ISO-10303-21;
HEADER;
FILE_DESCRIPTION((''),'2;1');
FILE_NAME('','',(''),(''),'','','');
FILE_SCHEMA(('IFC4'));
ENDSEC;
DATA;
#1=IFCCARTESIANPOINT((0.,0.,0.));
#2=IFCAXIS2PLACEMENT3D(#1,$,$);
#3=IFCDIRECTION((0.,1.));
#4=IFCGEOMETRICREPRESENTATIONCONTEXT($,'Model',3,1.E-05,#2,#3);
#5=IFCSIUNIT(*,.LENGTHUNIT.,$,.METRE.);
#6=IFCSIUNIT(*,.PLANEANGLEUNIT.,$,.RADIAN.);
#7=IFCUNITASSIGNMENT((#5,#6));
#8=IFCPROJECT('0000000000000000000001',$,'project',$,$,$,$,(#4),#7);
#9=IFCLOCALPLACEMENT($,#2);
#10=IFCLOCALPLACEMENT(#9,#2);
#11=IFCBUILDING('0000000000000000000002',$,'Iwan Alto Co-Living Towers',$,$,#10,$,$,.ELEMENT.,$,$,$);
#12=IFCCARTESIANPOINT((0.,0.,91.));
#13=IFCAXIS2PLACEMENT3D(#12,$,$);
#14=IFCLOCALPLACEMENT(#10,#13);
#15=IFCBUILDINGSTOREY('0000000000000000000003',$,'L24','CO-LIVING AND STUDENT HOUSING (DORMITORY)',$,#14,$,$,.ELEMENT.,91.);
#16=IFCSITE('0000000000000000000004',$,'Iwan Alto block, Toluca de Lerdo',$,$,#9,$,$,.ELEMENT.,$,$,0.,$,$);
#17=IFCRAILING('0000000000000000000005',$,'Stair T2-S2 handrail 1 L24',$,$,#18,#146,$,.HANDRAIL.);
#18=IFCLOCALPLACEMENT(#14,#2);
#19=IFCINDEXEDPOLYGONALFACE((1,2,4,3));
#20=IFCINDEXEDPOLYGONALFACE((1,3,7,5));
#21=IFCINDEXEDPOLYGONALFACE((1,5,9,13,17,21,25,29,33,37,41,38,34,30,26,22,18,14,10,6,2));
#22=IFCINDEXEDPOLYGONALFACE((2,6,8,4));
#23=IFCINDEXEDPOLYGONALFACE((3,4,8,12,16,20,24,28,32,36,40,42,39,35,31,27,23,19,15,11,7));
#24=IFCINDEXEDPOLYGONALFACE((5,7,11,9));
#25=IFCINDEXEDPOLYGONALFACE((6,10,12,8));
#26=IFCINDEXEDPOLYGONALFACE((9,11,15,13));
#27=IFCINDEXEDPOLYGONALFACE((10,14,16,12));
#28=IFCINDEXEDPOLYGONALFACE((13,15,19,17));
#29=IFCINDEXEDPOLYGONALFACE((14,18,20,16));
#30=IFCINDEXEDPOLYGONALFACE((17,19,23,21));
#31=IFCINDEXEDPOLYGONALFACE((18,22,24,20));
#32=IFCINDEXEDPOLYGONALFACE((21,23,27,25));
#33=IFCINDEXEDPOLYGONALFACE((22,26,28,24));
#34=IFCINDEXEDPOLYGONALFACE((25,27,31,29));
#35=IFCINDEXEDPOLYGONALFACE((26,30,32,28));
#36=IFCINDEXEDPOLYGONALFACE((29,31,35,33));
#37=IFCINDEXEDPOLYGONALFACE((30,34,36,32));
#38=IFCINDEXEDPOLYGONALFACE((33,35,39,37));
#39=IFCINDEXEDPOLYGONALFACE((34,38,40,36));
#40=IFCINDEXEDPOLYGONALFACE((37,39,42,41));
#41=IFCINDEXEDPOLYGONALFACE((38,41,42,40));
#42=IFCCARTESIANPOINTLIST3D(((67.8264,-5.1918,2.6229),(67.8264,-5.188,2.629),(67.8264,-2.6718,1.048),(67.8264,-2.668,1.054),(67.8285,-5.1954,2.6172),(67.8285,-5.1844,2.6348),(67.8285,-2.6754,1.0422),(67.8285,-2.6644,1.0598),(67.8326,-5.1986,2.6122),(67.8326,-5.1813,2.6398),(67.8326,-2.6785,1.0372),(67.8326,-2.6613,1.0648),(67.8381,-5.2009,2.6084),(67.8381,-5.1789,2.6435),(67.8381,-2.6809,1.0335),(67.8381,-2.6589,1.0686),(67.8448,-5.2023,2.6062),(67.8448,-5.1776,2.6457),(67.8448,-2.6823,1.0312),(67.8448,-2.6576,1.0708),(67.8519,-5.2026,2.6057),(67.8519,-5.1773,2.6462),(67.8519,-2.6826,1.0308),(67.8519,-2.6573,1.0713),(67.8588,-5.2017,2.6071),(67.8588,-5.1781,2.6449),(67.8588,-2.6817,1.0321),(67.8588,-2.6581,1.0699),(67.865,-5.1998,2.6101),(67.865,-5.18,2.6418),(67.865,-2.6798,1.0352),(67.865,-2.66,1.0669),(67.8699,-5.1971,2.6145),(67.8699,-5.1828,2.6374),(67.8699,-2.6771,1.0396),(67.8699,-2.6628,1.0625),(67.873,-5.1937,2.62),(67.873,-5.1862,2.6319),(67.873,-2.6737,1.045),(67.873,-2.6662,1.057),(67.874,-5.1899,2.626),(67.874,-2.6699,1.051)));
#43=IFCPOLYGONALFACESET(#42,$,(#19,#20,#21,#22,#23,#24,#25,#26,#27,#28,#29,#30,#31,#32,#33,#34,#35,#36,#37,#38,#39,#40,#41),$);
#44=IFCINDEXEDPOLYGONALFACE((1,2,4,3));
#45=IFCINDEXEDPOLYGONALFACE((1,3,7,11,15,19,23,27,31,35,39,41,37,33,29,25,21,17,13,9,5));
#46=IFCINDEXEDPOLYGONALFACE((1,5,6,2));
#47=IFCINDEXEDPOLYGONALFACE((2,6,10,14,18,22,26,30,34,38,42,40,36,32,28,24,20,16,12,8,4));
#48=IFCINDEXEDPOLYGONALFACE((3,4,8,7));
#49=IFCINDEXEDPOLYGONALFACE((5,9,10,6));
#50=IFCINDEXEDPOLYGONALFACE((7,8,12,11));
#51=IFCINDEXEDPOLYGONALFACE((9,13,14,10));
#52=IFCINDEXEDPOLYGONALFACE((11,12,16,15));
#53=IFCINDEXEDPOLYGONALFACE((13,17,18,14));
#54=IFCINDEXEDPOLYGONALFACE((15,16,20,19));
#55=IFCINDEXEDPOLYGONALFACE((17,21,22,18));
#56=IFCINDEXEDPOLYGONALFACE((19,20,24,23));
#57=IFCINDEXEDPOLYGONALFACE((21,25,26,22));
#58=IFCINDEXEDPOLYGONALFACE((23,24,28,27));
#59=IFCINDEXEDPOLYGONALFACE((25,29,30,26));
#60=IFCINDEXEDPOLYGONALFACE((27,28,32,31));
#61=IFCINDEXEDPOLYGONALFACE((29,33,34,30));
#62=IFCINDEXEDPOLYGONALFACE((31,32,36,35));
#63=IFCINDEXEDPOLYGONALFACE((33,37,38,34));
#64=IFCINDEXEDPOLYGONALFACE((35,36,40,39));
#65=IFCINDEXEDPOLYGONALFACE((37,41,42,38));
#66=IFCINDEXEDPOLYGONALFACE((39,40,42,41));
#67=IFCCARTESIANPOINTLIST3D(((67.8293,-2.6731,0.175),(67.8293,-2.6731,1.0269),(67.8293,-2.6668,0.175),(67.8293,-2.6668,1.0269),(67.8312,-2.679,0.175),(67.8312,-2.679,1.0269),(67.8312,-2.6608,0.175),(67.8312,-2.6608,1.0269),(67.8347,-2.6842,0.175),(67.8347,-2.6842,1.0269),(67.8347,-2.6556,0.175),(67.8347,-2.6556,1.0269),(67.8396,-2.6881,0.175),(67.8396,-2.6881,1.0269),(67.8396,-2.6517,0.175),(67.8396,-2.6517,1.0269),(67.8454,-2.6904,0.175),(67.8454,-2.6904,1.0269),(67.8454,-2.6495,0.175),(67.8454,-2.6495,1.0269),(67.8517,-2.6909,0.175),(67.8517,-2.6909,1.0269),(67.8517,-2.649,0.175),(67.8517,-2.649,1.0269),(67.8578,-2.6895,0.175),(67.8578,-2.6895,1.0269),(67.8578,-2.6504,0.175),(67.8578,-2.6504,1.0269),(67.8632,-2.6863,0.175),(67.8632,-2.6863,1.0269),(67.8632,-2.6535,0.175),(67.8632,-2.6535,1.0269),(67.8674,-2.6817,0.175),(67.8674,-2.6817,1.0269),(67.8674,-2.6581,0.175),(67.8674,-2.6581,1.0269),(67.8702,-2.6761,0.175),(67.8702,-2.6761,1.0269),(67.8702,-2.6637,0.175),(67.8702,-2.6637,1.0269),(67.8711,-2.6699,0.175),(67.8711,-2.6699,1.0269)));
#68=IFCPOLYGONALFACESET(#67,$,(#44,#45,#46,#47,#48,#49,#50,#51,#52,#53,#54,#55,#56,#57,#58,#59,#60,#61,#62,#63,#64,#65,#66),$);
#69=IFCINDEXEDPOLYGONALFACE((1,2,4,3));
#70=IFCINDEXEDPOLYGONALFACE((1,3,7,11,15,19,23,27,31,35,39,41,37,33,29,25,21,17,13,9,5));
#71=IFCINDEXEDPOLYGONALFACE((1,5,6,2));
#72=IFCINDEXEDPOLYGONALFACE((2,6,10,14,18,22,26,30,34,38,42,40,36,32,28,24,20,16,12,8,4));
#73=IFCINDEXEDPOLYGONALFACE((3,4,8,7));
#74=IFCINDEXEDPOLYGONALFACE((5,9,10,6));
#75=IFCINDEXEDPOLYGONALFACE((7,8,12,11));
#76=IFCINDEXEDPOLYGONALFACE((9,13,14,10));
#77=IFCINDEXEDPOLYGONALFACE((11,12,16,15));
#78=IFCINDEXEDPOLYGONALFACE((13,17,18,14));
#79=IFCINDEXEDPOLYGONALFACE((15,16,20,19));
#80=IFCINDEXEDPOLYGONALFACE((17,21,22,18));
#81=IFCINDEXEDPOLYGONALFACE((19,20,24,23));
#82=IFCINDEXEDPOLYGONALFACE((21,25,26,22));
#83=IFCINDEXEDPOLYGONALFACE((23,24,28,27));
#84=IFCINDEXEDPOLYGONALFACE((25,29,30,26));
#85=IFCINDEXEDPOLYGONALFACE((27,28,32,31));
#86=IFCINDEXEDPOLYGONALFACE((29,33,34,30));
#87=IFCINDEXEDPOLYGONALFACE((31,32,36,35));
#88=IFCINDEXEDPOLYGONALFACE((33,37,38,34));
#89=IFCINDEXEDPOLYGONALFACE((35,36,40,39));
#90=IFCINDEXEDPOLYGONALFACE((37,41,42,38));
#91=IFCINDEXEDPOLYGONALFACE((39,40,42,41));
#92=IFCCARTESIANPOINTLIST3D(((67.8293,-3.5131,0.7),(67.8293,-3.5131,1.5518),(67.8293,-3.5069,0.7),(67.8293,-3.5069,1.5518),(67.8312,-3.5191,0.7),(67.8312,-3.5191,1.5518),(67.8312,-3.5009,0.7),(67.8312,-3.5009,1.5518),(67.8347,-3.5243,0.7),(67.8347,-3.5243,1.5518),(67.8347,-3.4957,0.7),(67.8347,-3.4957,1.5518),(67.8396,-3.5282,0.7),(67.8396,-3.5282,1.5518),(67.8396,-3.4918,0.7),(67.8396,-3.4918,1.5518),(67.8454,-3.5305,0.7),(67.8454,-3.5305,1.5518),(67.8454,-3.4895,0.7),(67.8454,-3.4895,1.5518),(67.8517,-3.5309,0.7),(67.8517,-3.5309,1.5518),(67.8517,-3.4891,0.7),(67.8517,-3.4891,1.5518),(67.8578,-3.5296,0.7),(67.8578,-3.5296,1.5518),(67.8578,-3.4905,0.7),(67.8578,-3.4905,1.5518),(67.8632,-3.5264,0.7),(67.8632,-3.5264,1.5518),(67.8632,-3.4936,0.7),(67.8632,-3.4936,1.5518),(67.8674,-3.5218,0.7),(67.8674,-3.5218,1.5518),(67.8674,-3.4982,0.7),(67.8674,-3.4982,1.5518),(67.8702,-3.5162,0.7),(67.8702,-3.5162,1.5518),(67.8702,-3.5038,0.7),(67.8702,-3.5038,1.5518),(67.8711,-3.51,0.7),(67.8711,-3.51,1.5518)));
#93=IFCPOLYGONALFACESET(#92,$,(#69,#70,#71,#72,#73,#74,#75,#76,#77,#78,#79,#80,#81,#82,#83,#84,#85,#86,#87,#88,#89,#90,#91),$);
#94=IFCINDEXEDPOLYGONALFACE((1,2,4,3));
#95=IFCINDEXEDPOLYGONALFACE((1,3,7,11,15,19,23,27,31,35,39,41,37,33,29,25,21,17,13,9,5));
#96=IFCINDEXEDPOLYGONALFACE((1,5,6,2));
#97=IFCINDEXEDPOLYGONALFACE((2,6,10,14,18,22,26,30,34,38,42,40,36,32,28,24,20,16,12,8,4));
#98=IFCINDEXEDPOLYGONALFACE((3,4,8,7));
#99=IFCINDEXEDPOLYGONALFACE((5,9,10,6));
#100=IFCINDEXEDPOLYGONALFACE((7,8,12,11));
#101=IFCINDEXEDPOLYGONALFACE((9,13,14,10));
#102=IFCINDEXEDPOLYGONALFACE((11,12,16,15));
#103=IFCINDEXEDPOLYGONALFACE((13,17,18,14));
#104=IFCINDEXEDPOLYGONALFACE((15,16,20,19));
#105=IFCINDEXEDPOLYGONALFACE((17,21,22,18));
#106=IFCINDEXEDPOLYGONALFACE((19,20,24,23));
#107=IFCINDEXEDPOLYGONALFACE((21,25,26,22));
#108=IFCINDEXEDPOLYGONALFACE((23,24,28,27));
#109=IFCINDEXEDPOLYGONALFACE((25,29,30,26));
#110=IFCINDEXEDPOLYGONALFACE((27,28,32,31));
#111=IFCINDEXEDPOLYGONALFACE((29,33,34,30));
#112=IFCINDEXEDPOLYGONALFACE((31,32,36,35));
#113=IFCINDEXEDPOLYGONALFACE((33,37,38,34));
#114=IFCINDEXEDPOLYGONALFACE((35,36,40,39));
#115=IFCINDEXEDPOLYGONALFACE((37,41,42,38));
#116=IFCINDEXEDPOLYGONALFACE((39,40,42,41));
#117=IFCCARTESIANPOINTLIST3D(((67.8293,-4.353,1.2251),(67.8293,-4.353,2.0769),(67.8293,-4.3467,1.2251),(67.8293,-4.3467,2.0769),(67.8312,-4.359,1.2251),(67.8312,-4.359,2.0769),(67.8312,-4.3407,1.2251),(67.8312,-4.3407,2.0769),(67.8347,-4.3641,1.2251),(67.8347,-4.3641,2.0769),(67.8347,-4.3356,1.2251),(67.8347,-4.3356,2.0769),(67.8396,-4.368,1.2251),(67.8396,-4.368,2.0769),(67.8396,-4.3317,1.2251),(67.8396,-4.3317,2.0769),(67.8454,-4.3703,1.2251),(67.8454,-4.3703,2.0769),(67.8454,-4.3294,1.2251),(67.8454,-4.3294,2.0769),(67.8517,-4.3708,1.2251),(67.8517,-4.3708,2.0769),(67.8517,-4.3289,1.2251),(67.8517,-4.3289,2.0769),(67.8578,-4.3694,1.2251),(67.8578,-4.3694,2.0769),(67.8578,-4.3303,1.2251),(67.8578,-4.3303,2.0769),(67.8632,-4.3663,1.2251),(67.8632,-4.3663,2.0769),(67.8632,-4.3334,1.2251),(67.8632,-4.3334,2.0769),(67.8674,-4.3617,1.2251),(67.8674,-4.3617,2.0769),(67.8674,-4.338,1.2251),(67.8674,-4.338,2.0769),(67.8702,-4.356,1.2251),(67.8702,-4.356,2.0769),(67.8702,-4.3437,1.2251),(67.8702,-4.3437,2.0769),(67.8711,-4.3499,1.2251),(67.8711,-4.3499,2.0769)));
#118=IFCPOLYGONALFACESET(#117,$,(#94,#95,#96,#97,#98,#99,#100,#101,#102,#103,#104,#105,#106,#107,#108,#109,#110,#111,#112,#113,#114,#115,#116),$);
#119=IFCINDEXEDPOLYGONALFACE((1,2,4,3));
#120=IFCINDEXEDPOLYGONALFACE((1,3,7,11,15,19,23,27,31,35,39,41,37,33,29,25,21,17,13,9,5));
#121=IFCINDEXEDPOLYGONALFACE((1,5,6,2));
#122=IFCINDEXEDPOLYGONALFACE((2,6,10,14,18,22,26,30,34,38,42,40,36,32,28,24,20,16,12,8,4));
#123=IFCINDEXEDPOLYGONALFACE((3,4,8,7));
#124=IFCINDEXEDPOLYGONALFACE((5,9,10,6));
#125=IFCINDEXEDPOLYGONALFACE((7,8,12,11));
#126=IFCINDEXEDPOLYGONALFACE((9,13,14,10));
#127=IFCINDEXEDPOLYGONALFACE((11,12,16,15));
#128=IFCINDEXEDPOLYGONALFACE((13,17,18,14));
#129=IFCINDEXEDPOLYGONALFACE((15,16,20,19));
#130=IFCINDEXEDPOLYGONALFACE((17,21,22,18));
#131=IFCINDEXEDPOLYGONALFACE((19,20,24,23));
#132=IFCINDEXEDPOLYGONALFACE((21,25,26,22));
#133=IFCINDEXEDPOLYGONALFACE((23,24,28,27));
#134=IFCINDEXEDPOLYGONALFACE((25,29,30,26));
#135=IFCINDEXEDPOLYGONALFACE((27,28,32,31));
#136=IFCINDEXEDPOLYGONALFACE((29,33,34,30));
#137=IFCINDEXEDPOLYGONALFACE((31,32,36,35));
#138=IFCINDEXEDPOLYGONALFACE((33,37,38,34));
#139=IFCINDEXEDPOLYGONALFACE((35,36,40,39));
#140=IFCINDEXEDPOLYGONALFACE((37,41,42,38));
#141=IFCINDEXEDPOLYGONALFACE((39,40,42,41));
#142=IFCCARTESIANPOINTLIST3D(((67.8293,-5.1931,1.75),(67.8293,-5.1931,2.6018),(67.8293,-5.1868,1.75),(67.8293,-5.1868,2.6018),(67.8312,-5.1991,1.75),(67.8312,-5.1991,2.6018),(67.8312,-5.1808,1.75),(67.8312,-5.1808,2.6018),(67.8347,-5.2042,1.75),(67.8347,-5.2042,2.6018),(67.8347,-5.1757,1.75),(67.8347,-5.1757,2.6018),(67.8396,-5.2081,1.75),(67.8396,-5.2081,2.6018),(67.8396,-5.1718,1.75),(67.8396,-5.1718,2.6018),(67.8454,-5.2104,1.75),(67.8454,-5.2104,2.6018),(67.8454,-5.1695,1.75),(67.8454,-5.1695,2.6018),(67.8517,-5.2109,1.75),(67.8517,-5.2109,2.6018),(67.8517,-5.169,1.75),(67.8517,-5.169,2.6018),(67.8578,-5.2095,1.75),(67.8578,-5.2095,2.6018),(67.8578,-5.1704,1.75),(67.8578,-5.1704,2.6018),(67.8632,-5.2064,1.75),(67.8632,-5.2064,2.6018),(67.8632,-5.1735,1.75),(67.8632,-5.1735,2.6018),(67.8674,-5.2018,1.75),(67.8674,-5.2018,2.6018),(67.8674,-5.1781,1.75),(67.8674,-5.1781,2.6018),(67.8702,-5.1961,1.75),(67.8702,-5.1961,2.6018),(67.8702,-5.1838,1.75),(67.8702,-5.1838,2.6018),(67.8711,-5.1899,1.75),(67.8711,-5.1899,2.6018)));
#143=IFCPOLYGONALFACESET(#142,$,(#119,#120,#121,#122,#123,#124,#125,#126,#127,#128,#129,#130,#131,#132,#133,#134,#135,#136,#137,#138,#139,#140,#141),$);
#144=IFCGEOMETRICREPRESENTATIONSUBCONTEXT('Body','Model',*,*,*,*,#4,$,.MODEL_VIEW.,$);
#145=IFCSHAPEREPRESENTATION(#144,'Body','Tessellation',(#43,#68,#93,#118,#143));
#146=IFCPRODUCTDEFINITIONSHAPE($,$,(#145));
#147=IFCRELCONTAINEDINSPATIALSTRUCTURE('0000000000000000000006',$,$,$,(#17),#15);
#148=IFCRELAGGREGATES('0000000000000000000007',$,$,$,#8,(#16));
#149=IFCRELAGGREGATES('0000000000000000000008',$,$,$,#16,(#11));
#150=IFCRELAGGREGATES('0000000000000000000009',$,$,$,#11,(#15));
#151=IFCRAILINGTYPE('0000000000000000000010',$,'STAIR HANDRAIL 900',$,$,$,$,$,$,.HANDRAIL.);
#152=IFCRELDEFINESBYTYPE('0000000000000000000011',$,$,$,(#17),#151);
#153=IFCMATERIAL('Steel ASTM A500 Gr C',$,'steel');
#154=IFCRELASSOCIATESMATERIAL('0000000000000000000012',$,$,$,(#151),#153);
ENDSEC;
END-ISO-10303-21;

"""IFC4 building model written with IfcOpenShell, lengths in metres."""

from ifc_helpers import new_model, si_unit, direction, frame, origin, origin_2d, place, context, subcontext, project, spatial, circle, extrude, material, type_object, element, save


model = new_model("IFC4")

# Units and contexts
model_context = context("Model", 3, precision=1e-05, world=origin(), true_north=direction((0.0, 1.0)))
body_context = subcontext(model_context, "Body", "Model", "MODEL_VIEW")
ifc_project = project(units=[si_unit("LENGTHUNIT", "METRE"), si_unit("PLANEANGLEUNIT", "RADIAN")], contexts=[model_context])

# Site, building, storey
site_placement = place(None, origin())
site = spatial("IfcSite", under=ifc_project, at=site_placement, Name="Iwan Alto block, Toluca de Lerdo", CompositionType="ELEMENT", RefElevation=0.0)
building_placement = place(site_placement, origin())
building = spatial("IfcBuilding", under=site, at=building_placement, Name="Iwan Alto Co-Living Towers", CompositionType="ELEMENT")
storey_placement = place(building_placement, frame((0.0, 0.0, 91.0)))
storey = spatial("IfcBuildingStorey", under=building, at=storey_placement, Name="L24", Description="CO-LIVING AND STUDENT HOUSING (DORMITORY)", CompositionType="ELEMENT", Elevation=91.0)

# Railing
ifc_material_1 = material(Name="Steel ASTM A500 Gr C", Category="steel")
railing_type_1 = type_object("IfcRailingType", Name="STAIR HANDRAIL 900", PredefinedType="HANDRAIL", material=ifc_material_1)
railing_1_placement = place(storey_placement, frame((67.8501, -2.6699, 0.175)))
element("IfcRailing", 1, at=railing_1_placement, inside=storey, type_object=railing_type_1, Name="Stair T2-S2 handrail 1 L24", PredefinedType="HANDRAIL", context=body_context, shape_type="SweptSolid", body=[
    extrude(circle(Radius=0.0239, at=origin_2d()), frame((0.0, 0.0, 0.876), z_axis=(0.0, -0.848008, 0.529984), x_axis=(1.0, 0.0, 0.0)), (0.0, 0.0, 1.0), 2.9717),
    extrude(circle(Radius=0.021, at=origin_2d()), origin(), (0.0, 0.0, 1.0), 0.8518),
    extrude(circle(Radius=0.021, at=origin_2d()), frame((0.0, -0.8401, 0.5249)), (0.0, 0.0, 1.0), 0.8518),
    extrude(circle(Radius=0.021, at=origin_2d()), frame((0.0, -1.6799, 1.05)), (0.0, 0.0, 1.0), 0.8518),
    extrude(circle(Radius=0.021, at=origin_2d()), frame((0.0, -2.52, 1.575)), (0.0, 0.0, 1.0), 0.8518),
])

save(model, "model.ifc")
